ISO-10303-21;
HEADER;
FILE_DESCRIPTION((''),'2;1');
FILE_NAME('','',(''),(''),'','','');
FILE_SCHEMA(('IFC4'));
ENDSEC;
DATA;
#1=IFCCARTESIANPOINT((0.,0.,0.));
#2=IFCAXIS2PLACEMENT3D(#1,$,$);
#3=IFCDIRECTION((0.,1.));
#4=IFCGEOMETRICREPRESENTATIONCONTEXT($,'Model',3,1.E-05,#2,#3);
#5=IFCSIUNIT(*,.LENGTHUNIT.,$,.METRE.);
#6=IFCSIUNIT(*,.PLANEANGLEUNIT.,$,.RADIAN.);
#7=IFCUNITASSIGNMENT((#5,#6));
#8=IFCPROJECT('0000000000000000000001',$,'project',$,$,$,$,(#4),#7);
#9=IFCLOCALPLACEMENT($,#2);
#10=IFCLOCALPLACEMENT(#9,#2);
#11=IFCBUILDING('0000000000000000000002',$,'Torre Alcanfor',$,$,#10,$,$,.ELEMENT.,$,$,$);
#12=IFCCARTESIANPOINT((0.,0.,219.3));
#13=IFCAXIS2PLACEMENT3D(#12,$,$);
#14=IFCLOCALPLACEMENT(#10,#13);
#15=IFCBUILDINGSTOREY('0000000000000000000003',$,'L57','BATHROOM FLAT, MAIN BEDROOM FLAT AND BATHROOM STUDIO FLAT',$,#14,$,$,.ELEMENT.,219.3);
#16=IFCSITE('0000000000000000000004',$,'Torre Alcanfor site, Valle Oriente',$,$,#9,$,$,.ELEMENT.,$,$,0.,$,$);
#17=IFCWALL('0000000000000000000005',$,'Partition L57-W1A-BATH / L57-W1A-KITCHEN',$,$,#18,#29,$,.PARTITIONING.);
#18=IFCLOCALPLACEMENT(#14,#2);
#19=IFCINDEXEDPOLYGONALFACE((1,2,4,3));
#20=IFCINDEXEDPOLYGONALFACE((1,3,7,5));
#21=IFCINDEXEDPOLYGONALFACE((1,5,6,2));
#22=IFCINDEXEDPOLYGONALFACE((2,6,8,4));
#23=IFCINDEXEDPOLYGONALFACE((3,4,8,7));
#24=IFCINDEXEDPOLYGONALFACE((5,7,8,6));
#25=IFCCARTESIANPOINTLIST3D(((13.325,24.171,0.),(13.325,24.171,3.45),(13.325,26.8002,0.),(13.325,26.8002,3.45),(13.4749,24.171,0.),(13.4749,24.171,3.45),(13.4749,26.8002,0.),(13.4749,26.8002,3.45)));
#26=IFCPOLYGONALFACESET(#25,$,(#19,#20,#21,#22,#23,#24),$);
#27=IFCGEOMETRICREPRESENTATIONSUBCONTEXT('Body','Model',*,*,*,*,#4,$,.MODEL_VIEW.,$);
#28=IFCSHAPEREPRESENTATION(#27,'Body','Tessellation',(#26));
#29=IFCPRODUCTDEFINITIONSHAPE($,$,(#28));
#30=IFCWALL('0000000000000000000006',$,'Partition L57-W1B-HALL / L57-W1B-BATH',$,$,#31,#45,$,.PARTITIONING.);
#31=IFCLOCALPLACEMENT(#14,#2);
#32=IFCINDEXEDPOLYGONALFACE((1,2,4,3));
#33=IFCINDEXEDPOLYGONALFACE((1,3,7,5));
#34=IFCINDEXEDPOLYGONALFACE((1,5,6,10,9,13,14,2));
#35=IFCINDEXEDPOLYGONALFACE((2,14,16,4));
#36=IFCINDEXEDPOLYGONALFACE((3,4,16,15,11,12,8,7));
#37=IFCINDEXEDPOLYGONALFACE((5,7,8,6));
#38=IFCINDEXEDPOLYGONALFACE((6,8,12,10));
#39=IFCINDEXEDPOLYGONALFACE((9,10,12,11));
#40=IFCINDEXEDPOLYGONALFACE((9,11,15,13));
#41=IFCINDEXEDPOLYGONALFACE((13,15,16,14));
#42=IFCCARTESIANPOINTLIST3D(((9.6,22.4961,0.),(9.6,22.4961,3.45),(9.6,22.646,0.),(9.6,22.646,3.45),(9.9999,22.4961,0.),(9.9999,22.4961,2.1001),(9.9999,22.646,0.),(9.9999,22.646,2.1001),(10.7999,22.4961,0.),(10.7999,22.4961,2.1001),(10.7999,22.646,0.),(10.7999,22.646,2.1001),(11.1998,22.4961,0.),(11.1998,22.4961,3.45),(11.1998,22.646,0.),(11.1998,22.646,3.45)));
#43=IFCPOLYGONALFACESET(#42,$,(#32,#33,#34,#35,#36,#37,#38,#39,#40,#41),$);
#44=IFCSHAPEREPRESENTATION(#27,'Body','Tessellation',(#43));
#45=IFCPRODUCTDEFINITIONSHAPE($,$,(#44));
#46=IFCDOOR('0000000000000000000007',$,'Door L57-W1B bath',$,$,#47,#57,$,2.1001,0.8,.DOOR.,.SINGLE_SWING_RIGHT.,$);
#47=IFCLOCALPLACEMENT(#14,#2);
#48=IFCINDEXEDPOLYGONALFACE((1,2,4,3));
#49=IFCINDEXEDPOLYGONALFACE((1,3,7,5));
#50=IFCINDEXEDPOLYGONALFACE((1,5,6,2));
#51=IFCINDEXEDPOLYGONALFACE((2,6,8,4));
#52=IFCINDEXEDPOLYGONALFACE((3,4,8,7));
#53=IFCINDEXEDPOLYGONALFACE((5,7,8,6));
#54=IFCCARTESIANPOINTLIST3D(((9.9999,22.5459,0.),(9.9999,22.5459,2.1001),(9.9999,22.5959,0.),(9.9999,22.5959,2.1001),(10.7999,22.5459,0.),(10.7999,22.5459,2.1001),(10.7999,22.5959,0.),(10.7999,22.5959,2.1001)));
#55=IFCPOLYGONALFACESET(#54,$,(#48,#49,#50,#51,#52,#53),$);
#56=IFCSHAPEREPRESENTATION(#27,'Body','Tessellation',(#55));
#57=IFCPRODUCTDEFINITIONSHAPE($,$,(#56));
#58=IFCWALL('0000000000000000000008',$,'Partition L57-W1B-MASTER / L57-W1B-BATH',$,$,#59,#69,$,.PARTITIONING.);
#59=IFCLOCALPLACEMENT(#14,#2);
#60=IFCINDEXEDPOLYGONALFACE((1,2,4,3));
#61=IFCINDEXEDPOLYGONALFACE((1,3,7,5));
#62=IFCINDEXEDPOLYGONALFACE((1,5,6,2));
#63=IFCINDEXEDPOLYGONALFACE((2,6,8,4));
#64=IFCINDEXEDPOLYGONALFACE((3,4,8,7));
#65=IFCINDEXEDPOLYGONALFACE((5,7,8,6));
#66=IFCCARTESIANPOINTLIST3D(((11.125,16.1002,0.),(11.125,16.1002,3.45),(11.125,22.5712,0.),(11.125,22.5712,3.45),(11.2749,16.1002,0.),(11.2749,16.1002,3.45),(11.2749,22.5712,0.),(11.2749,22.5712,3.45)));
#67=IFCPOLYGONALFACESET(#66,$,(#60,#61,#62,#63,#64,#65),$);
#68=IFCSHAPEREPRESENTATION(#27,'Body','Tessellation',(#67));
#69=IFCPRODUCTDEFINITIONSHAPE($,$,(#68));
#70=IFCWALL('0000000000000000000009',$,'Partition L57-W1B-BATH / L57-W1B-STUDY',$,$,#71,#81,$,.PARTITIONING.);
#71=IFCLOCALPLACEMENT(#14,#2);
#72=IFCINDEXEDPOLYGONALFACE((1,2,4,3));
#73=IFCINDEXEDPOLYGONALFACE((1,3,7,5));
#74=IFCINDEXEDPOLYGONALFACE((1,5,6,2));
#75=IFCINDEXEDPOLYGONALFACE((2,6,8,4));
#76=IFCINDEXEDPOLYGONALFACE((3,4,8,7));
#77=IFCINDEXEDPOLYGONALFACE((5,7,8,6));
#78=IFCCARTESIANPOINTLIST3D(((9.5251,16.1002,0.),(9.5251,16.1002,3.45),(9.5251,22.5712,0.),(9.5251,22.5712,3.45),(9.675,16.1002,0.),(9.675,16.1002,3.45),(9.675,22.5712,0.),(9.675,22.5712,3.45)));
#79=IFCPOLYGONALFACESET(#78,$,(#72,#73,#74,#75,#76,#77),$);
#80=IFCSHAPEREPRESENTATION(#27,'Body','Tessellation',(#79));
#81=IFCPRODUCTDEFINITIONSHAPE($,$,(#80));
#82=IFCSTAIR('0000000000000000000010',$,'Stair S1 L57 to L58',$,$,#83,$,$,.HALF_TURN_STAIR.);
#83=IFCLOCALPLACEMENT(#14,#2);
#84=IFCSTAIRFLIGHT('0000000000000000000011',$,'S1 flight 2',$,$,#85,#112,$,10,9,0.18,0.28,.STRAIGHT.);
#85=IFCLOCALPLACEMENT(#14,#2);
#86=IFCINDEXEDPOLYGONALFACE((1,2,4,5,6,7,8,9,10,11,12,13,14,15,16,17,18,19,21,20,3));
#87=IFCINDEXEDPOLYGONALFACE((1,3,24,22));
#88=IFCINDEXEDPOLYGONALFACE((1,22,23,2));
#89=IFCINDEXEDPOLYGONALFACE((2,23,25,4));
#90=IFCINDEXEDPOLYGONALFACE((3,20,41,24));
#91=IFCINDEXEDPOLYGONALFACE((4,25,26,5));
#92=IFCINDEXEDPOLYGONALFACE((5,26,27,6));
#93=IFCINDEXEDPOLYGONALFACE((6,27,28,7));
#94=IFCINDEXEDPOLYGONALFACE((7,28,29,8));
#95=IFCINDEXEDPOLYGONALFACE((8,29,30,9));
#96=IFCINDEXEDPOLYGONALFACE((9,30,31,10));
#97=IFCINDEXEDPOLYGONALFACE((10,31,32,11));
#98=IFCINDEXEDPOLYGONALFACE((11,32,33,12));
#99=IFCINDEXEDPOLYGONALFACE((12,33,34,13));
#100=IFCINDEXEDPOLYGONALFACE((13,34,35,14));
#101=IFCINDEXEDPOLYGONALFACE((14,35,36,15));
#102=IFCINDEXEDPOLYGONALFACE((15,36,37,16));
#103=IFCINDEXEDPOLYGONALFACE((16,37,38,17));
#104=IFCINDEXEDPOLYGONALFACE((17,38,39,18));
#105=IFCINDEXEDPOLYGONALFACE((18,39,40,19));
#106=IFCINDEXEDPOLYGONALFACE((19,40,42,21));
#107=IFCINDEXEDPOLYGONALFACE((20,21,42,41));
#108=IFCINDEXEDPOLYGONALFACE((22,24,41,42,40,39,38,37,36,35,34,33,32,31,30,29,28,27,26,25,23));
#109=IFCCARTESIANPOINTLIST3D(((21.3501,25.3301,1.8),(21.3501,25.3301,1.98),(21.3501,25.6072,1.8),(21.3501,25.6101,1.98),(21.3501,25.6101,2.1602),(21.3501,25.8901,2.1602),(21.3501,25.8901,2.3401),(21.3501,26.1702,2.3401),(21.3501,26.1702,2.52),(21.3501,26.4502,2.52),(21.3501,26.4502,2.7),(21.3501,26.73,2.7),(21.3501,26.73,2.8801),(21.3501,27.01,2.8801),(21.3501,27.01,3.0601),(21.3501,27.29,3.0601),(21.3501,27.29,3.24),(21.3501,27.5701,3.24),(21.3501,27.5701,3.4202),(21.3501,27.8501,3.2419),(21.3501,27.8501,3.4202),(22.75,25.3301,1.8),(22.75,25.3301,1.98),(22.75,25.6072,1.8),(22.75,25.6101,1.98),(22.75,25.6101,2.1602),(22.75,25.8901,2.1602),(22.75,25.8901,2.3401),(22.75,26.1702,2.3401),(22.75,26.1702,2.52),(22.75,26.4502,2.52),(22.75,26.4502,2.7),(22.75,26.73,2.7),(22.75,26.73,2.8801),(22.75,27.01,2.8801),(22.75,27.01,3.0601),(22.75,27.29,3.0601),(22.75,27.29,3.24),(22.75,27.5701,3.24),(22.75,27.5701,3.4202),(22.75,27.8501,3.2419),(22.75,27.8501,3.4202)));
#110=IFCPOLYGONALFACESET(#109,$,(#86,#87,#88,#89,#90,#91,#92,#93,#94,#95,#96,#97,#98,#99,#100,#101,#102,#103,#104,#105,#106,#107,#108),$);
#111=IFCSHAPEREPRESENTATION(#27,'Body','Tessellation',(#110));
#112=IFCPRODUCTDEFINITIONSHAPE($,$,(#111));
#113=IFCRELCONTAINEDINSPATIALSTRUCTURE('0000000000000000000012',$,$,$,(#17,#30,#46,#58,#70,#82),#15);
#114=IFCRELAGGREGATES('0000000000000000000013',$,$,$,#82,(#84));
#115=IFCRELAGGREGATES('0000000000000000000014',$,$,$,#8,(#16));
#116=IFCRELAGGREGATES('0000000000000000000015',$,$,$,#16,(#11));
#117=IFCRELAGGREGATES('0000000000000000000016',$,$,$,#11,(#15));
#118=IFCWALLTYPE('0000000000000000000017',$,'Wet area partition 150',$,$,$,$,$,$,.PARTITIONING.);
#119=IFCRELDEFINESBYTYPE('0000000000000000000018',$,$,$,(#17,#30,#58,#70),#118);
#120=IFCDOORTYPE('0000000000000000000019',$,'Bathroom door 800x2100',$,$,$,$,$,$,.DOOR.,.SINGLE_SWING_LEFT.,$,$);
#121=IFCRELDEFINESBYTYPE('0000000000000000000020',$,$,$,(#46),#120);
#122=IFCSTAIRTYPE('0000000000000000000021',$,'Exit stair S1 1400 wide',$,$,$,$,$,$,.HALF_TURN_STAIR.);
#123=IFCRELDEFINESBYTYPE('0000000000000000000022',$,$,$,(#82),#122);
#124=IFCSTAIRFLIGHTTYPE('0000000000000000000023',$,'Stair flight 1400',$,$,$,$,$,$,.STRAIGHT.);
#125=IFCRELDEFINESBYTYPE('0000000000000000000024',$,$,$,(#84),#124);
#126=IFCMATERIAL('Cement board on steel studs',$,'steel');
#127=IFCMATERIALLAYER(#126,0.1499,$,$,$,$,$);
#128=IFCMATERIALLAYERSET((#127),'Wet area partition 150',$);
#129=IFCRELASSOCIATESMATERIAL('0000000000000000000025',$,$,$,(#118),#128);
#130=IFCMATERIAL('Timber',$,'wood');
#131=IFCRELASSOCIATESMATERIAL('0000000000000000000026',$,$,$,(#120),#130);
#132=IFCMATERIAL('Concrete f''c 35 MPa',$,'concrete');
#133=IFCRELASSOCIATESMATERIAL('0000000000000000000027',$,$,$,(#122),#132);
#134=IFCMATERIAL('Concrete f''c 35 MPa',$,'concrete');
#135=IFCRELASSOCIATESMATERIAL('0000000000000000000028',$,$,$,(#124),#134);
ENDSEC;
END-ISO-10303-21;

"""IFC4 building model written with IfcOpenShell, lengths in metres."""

from ifc_helpers import new_model, si_unit, direction, frame, frame_2d, origin, place, context, subcontext, project, spatial, polyline, rectangle, outline, extrude, material, layer, layer_set, type_object, element, fill, aggregate, save


model = new_model("IFC4")

# Units and contexts
model_context = context("Model", 3, precision=1e-05, world=origin(), true_north=direction((0.0, 1.0)))
body_context = subcontext(model_context, "Body", "Model", "MODEL_VIEW")
ifc_project = project(units=[si_unit("LENGTHUNIT", "METRE"), si_unit("PLANEANGLEUNIT", "RADIAN")], contexts=[model_context])

# Site, building, storey
site_placement = place(None, origin())
site = spatial("IfcSite", under=ifc_project, at=site_placement, Name="Torre Alcanfor site, Valle Oriente", CompositionType="ELEMENT", RefElevation=0.0)
building_placement = place(site_placement, origin())
building = spatial("IfcBuilding", under=site, at=building_placement, Name="Torre Alcanfor", CompositionType="ELEMENT")
storey_placement = place(building_placement, frame((0.0, 0.0, 219.3)))
storey = spatial("IfcBuildingStorey", under=building, at=storey_placement, Name="L57", Description="BATHROOM FLAT, MAIN BEDROOM FLAT AND BATHROOM STUDIO FLAT", CompositionType="ELEMENT", Elevation=219.3)

# Shared definitions
ifc_material_1 = material(Name="Cement board on steel studs", Category="steel")
ifc_layer_1 = layer(ifc_material_1, 0.1499)
ifc_layer_set_1 = layer_set([ifc_layer_1], Name="Wet area partition 150")
wall_type_1 = type_object("IfcWallType", Name="Wet area partition 150", PredefinedType="PARTITIONING", material=ifc_layer_set_1)
ifc_material_2 = material(Name="Timber", Category="wood")
door_type_1 = type_object("IfcDoorType", Name="Bathroom door 800x2100", OperationType="SINGLE_SWING_LEFT", PredefinedType="DOOR", material=ifc_material_2)

# Wall
wall_1_placement = place(storey_placement, frame((13.3999, 26.8, 0.0), z_axis=(0.0, 0.0, 1.0), x_axis=(0.0, -1.0, 0.0)))
element("IfcWall", 1, at=wall_1_placement, inside=storey, type_object=wall_type_1, Name="Partition L57-W1A-BATH / L57-W1A-KITCHEN", PredefinedType="PARTITIONING", context=body_context, shape_type="SweptSolid", body=[
    extrude(rectangle(XDim=2.6292, YDim=0.1499, at=frame_2d((1.3145, 0.0))), origin(), (0.0, 0.0, 1.0), 3.45),
])

# Wall, opening, door
wall_2_placement = place(storey_placement, frame((9.6001, 22.571, 0.0), z_axis=(0.0, 0.0, 1.0), x_axis=(1.0, 0.0, 0.0)))
wall_2 = element("IfcWall", 2, at=wall_2_placement, inside=storey, type_object=wall_type_1, Name="Partition L57-W1B-HALL / L57-W1B-BATH", PredefinedType="PARTITIONING", context=body_context, shape_type="SweptSolid", body=[
    extrude(rectangle(XDim=1.5999, YDim=0.1499, at=frame_2d((0.7998, 0.0))), origin(), (0.0, 0.0, 1.0), 3.45),
])
opening_1_placement = place(wall_2_placement, frame((0.3999, 0.0, 0.0)))
opening_1 = element("IfcOpeningElement", 3, at=opening_1_placement, cuts=wall_2, PredefinedType="OPENING", context=body_context, shape_type="SweptSolid", body=[
    extrude(rectangle(XDim=0.8, YDim=2.1001, at=frame_2d((0.3999, 1.05))), frame((0.0, 0.085, 0.0), z_axis=(0.0, -1.0, 0.0), x_axis=(1.0, 0.0, 0.0)), (0.0, 0.0, 1.0), 0.1699),
])
door_1_placement = place(opening_1_placement, frame((0.8, 0.0, 0.0), z_axis=(0.0, 0.0, 1.0), x_axis=(-1.0, 0.0, 0.0)))
door_1 = element("IfcDoor", 4, at=door_1_placement, inside=storey, type_object=door_type_1, Name="Door L57-W1B bath", OperationType="SINGLE_SWING_RIGHT", OverallHeight=2.1001, OverallWidth=0.8, PredefinedType="DOOR", context=body_context, shape_type="SweptSolid", body=[
    extrude(rectangle(XDim=0.8, YDim=2.1001, at=frame_2d((0.4001, 1.05))), frame((0.0, 0.0251, 0.0), z_axis=(0.0, -1.0, 0.0), x_axis=(1.0, 0.0, 0.0)), (0.0, 0.0, 1.0), 0.05),
])
fill(opening_1, door_1)

# Walls
for number, where, z_axis, x_axis, name in (
    (5, (11.2, 22.571, 0.0), (0.0, 0.0, 1.0), (0.0, -1.0, 0.0), "Partition L57-W1B-MASTER / L57-W1B-BATH"),
    (6, (9.6001, 22.571, 0.0), (0.0, 0.0, 1.0), (0.0, -1.0, 0.0), "Partition L57-W1B-BATH / L57-W1B-STUDY"),
):
    element("IfcWall", number, at=place(storey_placement, frame(where, z_axis=z_axis, x_axis=x_axis)), inside=storey, type_object=wall_type_1, Name=name, PredefinedType="PARTITIONING", context=body_context, shape_type="SweptSolid", body=[
        extrude(rectangle(XDim=6.4709, YDim=0.1499, at=frame_2d((3.2354, 0.0))), origin(), (0.0, 0.0, 1.0), 3.45),
    ])

# Stair, stair flight
ifc_material_3 = material(Name="Concrete f'c 35 MPa", Category="concrete")
stair_type = type_object("IfcStairType", Name="Exit stair S1 1400 wide", PredefinedType="HALF_TURN_STAIR", material=ifc_material_3)
stair_placement = place(storey_placement, origin())
stair = element("IfcStair", 7, at=stair_placement, inside=storey, type_object=stair_type, Name="Stair S1 L57 to L58", PredefinedType="HALF_TURN_STAIR")
ifc_material_4 = material(Name="Concrete f'c 35 MPa", Category="concrete")
stair_flight_type = type_object("IfcStairFlightType", Name="Stair flight 1400", PredefinedType="STRAIGHT", material=ifc_material_4)
stair_flight_placement = place(storey_placement, frame((22.05, 25.3301, 1.8), z_axis=(0.0, 0.0, 1.0), x_axis=(0.0, 1.0, 0.0)))
stair_flight = element("IfcStairFlight", 8, at=stair_flight_placement, type_object=stair_flight_type, Name="S1 flight 2", NumberOfRisers=10, NumberOfTreads=9, PredefinedType="STRAIGHT", RiserHeight=0.18, TreadLength=0.28, context=body_context, shape_type="SweptSolid", body=[
    extrude(outline(polyline([(0.0, 0.0), (0.0, 0.1799), (0.28, 0.1799), (0.28, 0.3601), (0.5601, 0.3601), (0.5601, 0.54), (0.8401, 0.54), (0.8401, 0.72), (1.1201, 0.72), (1.1201, 0.8999), (1.3999, 0.8999), (1.3999, 1.0801), (1.6799, 1.0801), (1.6799, 1.26), (1.96, 1.26), (1.96, 1.4399), (2.24, 1.4399), (2.24, 1.6201), (2.52, 1.6201), (2.52, 1.8), (2.52, 1.4419), (0.2771, 0.0), (0.0, 0.0)])), frame((0.0, 0.7, 0.0), z_axis=(0.0, -1.0, 0.0), x_axis=(1.0, 0.0, 0.0)), (0.0, 0.0, 1.0), 1.3999),
])
aggregate(stair, [stair_flight])

save(model, "model.ifc")
